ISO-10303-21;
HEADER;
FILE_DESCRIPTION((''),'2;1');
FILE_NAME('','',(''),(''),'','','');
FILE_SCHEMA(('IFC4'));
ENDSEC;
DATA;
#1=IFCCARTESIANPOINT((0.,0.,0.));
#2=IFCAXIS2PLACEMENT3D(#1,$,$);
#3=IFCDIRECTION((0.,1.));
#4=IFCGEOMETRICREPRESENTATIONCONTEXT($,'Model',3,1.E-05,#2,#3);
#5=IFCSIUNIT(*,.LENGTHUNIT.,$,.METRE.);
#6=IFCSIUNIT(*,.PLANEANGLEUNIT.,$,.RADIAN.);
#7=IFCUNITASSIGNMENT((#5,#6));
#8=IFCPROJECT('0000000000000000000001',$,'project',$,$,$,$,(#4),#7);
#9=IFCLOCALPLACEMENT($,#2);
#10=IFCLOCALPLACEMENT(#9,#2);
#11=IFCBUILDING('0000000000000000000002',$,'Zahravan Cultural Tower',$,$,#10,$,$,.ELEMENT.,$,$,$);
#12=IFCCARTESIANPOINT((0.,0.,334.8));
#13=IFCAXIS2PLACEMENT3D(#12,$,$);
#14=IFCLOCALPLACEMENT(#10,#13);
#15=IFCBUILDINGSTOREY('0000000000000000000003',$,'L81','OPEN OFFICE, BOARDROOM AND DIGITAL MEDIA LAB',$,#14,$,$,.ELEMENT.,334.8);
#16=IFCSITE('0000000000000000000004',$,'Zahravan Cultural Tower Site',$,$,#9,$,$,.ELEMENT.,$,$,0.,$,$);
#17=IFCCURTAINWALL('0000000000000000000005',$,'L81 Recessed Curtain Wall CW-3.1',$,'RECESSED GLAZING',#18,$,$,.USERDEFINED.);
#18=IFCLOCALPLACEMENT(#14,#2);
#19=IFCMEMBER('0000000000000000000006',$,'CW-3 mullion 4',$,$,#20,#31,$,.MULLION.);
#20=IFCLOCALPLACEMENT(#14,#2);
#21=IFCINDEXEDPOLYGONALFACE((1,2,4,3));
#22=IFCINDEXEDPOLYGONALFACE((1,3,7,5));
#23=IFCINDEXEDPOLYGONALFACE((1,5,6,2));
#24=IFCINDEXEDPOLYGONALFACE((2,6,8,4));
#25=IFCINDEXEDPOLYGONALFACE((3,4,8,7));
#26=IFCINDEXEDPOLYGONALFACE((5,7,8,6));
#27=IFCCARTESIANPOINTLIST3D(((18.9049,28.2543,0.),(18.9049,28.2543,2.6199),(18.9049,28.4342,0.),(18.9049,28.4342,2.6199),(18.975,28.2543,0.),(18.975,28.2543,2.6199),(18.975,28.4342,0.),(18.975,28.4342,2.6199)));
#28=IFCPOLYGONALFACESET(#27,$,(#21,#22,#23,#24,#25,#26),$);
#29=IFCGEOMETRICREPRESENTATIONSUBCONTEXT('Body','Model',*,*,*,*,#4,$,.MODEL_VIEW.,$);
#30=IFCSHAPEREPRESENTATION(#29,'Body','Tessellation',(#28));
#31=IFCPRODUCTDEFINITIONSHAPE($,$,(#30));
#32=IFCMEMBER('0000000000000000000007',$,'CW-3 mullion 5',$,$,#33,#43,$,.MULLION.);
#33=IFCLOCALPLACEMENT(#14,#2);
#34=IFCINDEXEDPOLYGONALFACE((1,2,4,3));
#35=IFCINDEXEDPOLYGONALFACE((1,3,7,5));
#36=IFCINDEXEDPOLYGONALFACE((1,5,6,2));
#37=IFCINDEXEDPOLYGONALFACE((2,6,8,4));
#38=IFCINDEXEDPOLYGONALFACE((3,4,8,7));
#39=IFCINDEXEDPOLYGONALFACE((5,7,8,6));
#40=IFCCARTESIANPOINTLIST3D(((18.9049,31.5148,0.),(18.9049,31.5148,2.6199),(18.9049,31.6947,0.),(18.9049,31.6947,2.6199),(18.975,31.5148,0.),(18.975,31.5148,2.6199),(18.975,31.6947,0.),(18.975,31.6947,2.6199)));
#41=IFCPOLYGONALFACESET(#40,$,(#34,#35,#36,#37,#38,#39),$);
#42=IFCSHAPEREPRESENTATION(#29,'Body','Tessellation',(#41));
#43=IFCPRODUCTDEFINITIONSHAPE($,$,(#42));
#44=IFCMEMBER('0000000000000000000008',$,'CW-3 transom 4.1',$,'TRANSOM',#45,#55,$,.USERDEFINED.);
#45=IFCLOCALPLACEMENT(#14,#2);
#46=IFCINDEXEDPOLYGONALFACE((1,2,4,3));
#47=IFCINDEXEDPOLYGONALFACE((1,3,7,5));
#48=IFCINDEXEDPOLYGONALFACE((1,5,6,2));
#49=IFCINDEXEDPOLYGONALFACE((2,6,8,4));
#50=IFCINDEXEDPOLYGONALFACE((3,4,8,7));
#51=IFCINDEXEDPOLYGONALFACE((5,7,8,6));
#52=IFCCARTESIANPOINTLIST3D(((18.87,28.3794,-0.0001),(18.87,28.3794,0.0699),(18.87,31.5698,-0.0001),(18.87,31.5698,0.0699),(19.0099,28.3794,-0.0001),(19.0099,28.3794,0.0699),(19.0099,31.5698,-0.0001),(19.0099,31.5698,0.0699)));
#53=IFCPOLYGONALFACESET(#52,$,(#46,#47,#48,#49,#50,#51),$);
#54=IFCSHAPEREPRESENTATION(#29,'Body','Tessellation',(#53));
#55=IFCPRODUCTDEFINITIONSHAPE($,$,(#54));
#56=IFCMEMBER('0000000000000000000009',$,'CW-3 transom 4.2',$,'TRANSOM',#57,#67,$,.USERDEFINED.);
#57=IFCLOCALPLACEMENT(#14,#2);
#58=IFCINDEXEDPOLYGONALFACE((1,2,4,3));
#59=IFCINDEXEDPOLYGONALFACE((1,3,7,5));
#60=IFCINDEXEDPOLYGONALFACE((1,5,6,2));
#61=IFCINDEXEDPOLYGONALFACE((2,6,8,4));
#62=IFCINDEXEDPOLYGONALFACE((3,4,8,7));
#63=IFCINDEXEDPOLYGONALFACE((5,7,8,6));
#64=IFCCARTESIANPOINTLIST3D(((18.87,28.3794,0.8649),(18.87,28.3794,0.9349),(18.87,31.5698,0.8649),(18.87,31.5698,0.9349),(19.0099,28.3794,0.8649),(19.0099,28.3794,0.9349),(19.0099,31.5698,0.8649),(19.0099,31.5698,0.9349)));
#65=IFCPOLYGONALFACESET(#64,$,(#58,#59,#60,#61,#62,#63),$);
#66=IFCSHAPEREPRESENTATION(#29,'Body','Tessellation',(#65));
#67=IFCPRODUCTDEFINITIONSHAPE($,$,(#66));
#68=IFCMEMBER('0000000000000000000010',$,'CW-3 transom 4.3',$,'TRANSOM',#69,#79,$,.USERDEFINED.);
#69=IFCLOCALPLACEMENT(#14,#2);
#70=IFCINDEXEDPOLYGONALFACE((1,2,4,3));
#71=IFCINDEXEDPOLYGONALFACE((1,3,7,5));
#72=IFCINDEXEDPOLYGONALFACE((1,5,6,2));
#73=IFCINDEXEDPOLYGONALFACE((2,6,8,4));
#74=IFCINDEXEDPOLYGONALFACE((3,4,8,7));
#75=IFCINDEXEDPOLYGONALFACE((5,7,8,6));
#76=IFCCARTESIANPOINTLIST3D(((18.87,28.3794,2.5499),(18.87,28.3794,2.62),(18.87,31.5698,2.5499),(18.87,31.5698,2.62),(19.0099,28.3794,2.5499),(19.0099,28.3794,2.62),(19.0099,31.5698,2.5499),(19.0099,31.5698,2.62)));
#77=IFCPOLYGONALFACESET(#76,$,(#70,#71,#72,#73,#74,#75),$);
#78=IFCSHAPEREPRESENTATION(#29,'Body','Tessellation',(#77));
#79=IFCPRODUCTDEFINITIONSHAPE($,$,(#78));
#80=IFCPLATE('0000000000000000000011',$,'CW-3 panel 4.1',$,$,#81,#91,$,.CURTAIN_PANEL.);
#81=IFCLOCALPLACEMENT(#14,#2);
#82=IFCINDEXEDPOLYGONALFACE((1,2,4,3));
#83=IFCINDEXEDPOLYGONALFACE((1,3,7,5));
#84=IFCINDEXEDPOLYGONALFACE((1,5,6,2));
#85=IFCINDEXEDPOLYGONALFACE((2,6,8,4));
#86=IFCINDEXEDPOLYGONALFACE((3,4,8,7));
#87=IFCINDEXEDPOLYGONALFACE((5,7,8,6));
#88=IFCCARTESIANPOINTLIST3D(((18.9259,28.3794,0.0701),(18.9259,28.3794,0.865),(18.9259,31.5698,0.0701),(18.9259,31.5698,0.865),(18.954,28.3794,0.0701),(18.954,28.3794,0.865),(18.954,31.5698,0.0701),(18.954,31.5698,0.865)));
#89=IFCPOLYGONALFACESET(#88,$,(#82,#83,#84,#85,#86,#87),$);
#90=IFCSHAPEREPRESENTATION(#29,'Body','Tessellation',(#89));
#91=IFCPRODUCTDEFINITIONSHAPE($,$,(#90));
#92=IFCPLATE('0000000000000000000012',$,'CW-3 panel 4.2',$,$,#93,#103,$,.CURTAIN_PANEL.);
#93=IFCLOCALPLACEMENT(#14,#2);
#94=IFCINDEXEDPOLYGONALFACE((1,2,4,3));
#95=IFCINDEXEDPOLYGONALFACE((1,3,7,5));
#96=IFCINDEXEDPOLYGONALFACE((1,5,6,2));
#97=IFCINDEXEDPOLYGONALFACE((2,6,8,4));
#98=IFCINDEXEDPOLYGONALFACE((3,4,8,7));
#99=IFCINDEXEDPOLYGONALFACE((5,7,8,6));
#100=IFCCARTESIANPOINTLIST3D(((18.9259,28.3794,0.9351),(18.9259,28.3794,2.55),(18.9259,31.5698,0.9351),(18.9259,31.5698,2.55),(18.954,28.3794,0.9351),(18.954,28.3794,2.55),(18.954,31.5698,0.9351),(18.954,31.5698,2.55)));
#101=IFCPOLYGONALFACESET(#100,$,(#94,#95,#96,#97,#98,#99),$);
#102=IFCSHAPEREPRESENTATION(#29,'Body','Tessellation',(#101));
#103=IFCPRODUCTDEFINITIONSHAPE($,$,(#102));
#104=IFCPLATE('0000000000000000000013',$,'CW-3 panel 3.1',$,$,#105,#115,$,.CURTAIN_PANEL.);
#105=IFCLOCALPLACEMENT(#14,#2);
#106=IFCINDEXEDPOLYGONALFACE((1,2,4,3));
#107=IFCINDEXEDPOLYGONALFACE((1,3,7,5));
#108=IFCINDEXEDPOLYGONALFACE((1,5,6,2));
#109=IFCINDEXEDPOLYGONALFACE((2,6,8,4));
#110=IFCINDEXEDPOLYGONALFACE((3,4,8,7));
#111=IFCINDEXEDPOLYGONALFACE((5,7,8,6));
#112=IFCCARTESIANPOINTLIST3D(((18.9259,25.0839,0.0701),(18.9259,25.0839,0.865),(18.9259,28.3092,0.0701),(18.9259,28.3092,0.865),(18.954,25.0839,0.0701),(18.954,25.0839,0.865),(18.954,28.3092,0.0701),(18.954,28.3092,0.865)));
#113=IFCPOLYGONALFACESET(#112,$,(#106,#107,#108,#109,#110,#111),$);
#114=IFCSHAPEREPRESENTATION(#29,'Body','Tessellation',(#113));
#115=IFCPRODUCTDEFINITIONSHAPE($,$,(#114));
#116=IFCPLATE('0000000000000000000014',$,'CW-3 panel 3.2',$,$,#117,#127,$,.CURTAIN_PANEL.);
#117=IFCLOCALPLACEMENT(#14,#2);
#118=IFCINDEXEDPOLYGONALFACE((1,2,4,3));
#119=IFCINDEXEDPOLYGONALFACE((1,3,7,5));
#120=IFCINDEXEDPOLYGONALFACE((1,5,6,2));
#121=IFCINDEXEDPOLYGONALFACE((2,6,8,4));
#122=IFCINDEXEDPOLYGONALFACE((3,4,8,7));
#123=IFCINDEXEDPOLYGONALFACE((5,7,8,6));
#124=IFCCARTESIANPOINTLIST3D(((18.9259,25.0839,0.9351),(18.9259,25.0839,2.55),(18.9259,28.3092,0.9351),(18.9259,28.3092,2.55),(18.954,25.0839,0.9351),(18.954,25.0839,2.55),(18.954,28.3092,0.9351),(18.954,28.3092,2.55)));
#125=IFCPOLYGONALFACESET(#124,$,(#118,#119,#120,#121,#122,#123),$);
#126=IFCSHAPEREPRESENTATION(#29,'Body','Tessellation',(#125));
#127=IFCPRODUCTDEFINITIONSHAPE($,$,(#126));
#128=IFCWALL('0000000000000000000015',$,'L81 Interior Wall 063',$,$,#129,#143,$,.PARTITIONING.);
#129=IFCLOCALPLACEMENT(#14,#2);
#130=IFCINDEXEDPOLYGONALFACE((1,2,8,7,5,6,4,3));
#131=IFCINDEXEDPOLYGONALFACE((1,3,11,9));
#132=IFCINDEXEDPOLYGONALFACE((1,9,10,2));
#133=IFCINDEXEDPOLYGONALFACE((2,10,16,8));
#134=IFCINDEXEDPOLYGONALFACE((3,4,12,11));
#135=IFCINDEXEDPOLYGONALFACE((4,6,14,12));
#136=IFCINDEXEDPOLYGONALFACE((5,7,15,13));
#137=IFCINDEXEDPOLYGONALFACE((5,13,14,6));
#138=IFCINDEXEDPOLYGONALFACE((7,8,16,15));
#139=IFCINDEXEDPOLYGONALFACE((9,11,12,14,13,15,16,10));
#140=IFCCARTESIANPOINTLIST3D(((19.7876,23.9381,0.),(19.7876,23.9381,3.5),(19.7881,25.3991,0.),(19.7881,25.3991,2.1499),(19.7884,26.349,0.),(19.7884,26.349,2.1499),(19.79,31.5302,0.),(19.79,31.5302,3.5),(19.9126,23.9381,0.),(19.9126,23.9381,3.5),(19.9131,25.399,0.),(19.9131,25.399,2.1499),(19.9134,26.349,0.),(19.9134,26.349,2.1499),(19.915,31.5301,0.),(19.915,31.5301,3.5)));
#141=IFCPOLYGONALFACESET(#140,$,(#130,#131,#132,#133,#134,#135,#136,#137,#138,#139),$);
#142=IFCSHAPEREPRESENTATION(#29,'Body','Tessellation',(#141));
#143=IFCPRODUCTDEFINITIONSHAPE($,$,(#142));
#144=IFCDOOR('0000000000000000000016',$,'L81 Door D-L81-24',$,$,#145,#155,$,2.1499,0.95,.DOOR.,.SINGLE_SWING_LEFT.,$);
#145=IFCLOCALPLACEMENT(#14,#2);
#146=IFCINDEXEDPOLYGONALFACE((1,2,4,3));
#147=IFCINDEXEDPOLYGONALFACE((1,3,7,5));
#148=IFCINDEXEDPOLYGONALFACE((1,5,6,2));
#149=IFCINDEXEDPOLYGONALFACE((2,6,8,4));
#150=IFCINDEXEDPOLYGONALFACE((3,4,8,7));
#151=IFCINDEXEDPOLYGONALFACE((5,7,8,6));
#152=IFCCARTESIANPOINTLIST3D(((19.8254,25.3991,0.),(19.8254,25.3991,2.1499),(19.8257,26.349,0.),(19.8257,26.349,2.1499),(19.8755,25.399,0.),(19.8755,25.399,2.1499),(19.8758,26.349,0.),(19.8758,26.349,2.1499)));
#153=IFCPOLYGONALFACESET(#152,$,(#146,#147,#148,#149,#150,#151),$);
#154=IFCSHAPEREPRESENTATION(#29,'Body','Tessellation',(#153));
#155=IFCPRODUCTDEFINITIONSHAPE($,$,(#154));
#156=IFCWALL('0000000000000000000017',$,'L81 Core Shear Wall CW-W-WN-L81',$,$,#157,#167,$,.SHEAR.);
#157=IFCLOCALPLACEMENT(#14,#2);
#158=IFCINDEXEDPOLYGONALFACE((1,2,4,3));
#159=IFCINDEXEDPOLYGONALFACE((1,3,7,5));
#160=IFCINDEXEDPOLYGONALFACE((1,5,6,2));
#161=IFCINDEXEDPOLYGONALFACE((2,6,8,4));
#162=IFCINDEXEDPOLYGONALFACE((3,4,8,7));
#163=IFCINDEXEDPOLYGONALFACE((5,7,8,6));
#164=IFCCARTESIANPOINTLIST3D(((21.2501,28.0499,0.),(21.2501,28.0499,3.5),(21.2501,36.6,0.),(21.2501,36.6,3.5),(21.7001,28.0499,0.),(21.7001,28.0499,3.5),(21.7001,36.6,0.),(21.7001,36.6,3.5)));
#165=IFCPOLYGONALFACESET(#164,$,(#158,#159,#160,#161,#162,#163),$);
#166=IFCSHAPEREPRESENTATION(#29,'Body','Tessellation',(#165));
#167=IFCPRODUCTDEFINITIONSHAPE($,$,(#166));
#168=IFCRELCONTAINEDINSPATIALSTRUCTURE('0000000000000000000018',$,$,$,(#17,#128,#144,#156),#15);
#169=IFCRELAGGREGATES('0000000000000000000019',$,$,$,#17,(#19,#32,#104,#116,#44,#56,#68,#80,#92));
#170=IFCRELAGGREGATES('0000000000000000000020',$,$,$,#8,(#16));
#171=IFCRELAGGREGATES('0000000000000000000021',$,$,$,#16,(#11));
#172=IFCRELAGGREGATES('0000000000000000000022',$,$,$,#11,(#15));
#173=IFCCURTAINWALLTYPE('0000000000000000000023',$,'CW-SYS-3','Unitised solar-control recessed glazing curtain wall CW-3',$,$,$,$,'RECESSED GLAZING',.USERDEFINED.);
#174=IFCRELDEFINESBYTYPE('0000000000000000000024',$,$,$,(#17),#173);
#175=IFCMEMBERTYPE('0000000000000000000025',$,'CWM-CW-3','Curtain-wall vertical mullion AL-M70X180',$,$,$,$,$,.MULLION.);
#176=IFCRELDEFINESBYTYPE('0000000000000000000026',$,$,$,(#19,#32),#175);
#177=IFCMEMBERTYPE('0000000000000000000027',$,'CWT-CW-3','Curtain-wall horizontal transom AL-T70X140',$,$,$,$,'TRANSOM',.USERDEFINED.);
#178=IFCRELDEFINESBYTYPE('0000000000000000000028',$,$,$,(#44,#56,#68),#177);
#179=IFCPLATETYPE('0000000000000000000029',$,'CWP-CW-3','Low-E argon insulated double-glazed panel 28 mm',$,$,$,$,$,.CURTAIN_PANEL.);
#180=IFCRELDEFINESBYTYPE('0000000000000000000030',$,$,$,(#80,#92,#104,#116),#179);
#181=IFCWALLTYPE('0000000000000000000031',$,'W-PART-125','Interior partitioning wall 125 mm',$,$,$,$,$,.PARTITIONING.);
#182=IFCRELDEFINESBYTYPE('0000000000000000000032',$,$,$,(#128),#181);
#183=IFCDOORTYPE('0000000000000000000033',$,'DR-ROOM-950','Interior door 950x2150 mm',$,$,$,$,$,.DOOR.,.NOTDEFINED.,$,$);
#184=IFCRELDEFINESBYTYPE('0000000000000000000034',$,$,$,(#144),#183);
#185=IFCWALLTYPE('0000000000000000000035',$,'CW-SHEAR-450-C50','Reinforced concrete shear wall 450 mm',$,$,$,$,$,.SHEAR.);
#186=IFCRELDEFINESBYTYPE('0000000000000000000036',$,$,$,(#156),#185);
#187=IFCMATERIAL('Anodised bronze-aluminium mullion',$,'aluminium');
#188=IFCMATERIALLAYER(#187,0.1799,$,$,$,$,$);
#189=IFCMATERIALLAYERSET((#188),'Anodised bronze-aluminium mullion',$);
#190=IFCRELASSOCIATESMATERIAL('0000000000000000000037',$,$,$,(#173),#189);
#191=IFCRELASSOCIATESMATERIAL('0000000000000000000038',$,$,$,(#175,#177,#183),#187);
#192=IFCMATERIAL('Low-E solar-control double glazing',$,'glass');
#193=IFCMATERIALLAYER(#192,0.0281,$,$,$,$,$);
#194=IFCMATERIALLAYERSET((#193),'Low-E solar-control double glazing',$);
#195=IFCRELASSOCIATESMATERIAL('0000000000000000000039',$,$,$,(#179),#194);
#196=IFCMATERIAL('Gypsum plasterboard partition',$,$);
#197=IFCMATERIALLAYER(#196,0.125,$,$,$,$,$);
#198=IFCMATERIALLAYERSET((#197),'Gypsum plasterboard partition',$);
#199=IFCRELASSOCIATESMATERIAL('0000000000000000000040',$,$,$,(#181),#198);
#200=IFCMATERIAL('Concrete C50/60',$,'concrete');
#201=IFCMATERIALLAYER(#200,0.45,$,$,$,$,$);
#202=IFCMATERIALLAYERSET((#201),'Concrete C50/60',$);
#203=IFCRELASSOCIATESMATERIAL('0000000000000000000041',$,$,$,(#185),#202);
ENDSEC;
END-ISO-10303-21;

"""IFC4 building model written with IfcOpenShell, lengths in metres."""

from ifc_helpers import new_model, si_unit, direction, frame, frame_2d, origin, origin_2d, place, context, subcontext, project, spatial, rectangle, extrude, source, transform, mapped, material, layer, layer_set, material_profile, profile_set, type_object, element, fill, aggregate, save


model = new_model("IFC4")

# Units and contexts
model_context = context("Model", 3, precision=1e-05, world=origin(), true_north=direction((0.0, 1.0)))
body_context = subcontext(model_context, "Body", "Model", "MODEL_VIEW")
ifc_project = project(units=[si_unit("LENGTHUNIT", "METRE"), si_unit("PLANEANGLEUNIT", "RADIAN")], contexts=[model_context])

# Site, building, storey
site_placement = place(None, origin())
site = spatial("IfcSite", under=ifc_project, at=site_placement, Name="Zahravan Cultural Tower Site", CompositionType="ELEMENT", RefElevation=0.0)
building_placement = place(site_placement, origin())
building = spatial("IfcBuilding", under=site, at=building_placement, Name="Zahravan Cultural Tower", CompositionType="ELEMENT")
storey_placement = place(building_placement, frame((0.0, 0.0, 334.8)))
storey = spatial("IfcBuildingStorey", under=building, at=storey_placement, Name="L81", Description="OPEN OFFICE, BOARDROOM AND DIGITAL MEDIA LAB", CompositionType="ELEMENT", Elevation=334.8)

# Curtain wall, members, plates
ifc_material_1 = material(Name="Anodised bronze-aluminium mullion", Category="aluminium")
ifc_layer_1 = layer(ifc_material_1, 0.1799)
ifc_layer_set_1 = layer_set([ifc_layer_1], Name="Anodised bronze-aluminium mullion")
curtain_wall_type = type_object("IfcCurtainWallType", Name="CW-SYS-3", Description="Unitised solar-control recessed glazing curtain wall CW-3", ElementType="RECESSED GLAZING", PredefinedType="USERDEFINED", material=ifc_layer_set_1)
curtain_wall_placement = place(storey_placement, origin())
curtain_wall = element("IfcCurtainWall", 1, at=curtain_wall_placement, inside=storey, type_object=curtain_wall_type, Name="L81 Recessed Curtain Wall CW-3.1", ObjectType="RECESSED GLAZING", PredefinedType="USERDEFINED")
ifc_material_profile_1 = material_profile(ifc_material_1, rectangle(XDim=0.0701, YDim=0.1799, at=origin_2d()), Name="AL-M70X180")
ifc_profile_set_1 = profile_set([ifc_material_profile_1], Name="Anodised bronze-aluminium mullion")
member_type_1 = type_object("IfcMemberType", Name="CWM-CW-3", Description="Curtain-wall vertical mullion AL-M70X180", PredefinedType="MULLION", material=ifc_profile_set_1)
shared_shape_1 = source(origin(), body_context, "Body", "SweptSolid", [
    extrude(rectangle(XDim=0.0701, YDim=0.1799, at=origin_2d()), origin(), (0.0, 0.0, 1.0), 2.6199),
])
member_1_placement = place(storey_placement, frame((18.9399, 28.3442, 0.0), z_axis=(0.0, 0.0, 1.0), x_axis=(-1.0, 0.0, 0.0)))
member_1 = element("IfcMember", 2, at=member_1_placement, type_object=member_type_1, Name="CW-3 mullion 4", PredefinedType="MULLION", context=body_context, shape_type="MappedRepresentation", body=[
    mapped(shared_shape_1, transform((0.0, 0.0, 0.0), x_axis=(1.0, 0.0, 0.0), y_axis=(0.0, 1.0, 0.0), z_axis=(0.0, 0.0, 1.0), scale=1.0)),
])
member_2_placement = place(storey_placement, frame((18.9399, 31.6047, 0.0), z_axis=(0.0, 0.0, 1.0), x_axis=(-1.0, 0.0, 0.0)))
member_2 = element("IfcMember", 3, at=member_2_placement, type_object=member_type_1, Name="CW-3 mullion 5", PredefinedType="MULLION", context=body_context, shape_type="MappedRepresentation", body=[
    mapped(shared_shape_1, transform((0.0, 0.0, 0.0), x_axis=(1.0, 0.0, 0.0), y_axis=(0.0, 1.0, 0.0), z_axis=(0.0, 0.0, 1.0), scale=1.0)),
])
ifc_material_profile_2 = material_profile(ifc_material_1, rectangle(XDim=0.1399, YDim=0.0701, at=origin_2d()), Name="AL-T70X140")
ifc_profile_set_2 = profile_set([ifc_material_profile_2], Name="Anodised bronze-aluminium mullion")
member_type_2 = type_object("IfcMemberType", Name="CWT-CW-3", Description="Curtain-wall horizontal transom AL-T70X140", ElementType="TRANSOM", PredefinedType="USERDEFINED", material=ifc_profile_set_2)
shared_shape_2 = source(origin(), body_context, "Body", "SweptSolid", [
    extrude(rectangle(XDim=0.1399, YDim=0.0701, at=origin_2d()), origin(), (0.0, 0.0, 1.0), 3.1904),
])
member_3_placement = place(storey_placement, frame((18.9399, 28.3794, 0.0349), z_axis=(0.0, 1.0, 0.0), x_axis=(-1.0, 0.0, 0.0)))
member_3 = element("IfcMember", 4, at=member_3_placement, type_object=member_type_2, Name="CW-3 transom 4.1", ObjectType="TRANSOM", PredefinedType="USERDEFINED", context=body_context, shape_type="MappedRepresentation", body=[
    mapped(shared_shape_2, transform((0.0, 0.0, 0.0), x_axis=(1.0, 0.0, 0.0), y_axis=(0.0, 1.0, 0.0), z_axis=(0.0, 0.0, 1.0), scale=1.0)),
])
member_4_placement = place(storey_placement, frame((18.9399, 28.3794, 0.8999), z_axis=(0.0, 1.0, 0.0), x_axis=(-1.0, 0.0, 0.0)))
member_4 = element("IfcMember", 5, at=member_4_placement, type_object=member_type_2, Name="CW-3 transom 4.2", ObjectType="TRANSOM", PredefinedType="USERDEFINED", context=body_context, shape_type="MappedRepresentation", body=[
    mapped(shared_shape_2, transform((0.0, 0.0, 0.0), x_axis=(1.0, 0.0, 0.0), y_axis=(0.0, 1.0, 0.0), z_axis=(0.0, 0.0, 1.0), scale=1.0)),
])
member_5_placement = place(storey_placement, frame((18.9399, 28.3794, 2.585), z_axis=(0.0, 1.0, 0.0), x_axis=(-1.0, 0.0, 0.0)))
member_5 = element("IfcMember", 6, at=member_5_placement, type_object=member_type_2, Name="CW-3 transom 4.3", ObjectType="TRANSOM", PredefinedType="USERDEFINED", context=body_context, shape_type="MappedRepresentation", body=[
    mapped(shared_shape_2, transform((0.0, 0.0, 0.0), x_axis=(1.0, 0.0, 0.0), y_axis=(0.0, 1.0, 0.0), z_axis=(0.0, 0.0, 1.0), scale=1.0)),
])
ifc_material_2 = material(Name="Low-E solar-control double glazing", Category="glass")
ifc_layer_2 = layer(ifc_material_2, 0.0281)
ifc_layer_set_2 = layer_set([ifc_layer_2], Name="Low-E solar-control double glazing")
plate_type = type_object("IfcPlateType", Name="CWP-CW-3", Description="Low-E argon insulated double-glazed panel 28 mm", PredefinedType="CURTAIN_PANEL", material=ifc_layer_set_2)
shared_shape_3 = source(origin(), body_context, "Body", "SweptSolid", [
    extrude(rectangle(XDim=3.1904, YDim=0.0281, at=origin_2d()), origin(), (0.0, 0.0, 1.0), 0.7949),
])
plate_1_placement = place(storey_placement, frame((18.9399, 29.9746, 0.0701), z_axis=(0.0, 0.0, 1.0), x_axis=(0.0, 1.0, 0.0)))
plate_1 = element("IfcPlate", 7, at=plate_1_placement, type_object=plate_type, Name="CW-3 panel 4.1", PredefinedType="CURTAIN_PANEL", context=body_context, shape_type="MappedRepresentation", body=[
    mapped(shared_shape_3, transform((0.0, 0.0, 0.0), x_axis=(1.0, 0.0, 0.0), y_axis=(0.0, 1.0, 0.0), z_axis=(0.0, 0.0, 1.0), scale=1.0)),
])
shared_shape_4 = source(origin(), body_context, "Body", "SweptSolid", [
    extrude(rectangle(XDim=3.1904, YDim=0.0281, at=origin_2d()), origin(), (0.0, 0.0, 1.0), 1.615),
])
plate_2_placement = place(storey_placement, frame((18.9399, 29.9746, 0.9351), z_axis=(0.0, 0.0, 1.0), x_axis=(0.0, 1.0, 0.0)))
plate_2 = element("IfcPlate", 8, at=plate_2_placement, type_object=plate_type, Name="CW-3 panel 4.2", PredefinedType="CURTAIN_PANEL", context=body_context, shape_type="MappedRepresentation", body=[
    mapped(shared_shape_4, transform((0.0, 0.0, 0.0), x_axis=(1.0, 0.0, 0.0), y_axis=(0.0, 1.0, 0.0), z_axis=(0.0, 0.0, 1.0), scale=1.0)),
])
shared_shape_5 = source(origin(), body_context, "Body", "SweptSolid", [
    extrude(rectangle(XDim=3.2253, YDim=0.0281, at=origin_2d()), origin(), (0.0, 0.0, 1.0), 0.7949),
])
plate_3_placement = place(storey_placement, frame((18.9399, 26.6965, 0.0701), z_axis=(0.0, 0.0, 1.0), x_axis=(0.0, 1.0, 0.0)))
plate_3 = element("IfcPlate", 9, at=plate_3_placement, type_object=plate_type, Name="CW-3 panel 3.1", PredefinedType="CURTAIN_PANEL", context=body_context, shape_type="MappedRepresentation", body=[
    mapped(shared_shape_5, transform((0.0, 0.0, 0.0), x_axis=(1.0, 0.0, 0.0), y_axis=(0.0, 1.0, 0.0), z_axis=(0.0, 0.0, 1.0), scale=1.0)),
])
shared_shape_6 = source(origin(), body_context, "Body", "SweptSolid", [
    extrude(rectangle(XDim=3.2253, YDim=0.0281, at=origin_2d()), origin(), (0.0, 0.0, 1.0), 1.615),
])
plate_4_placement = place(storey_placement, frame((18.9399, 26.6965, 0.9351), z_axis=(0.0, 0.0, 1.0), x_axis=(0.0, 1.0, 0.0)))
plate_4 = element("IfcPlate", 10, at=plate_4_placement, type_object=plate_type, Name="CW-3 panel 3.2", PredefinedType="CURTAIN_PANEL", context=body_context, shape_type="MappedRepresentation", body=[
    mapped(shared_shape_6, transform((0.0, 0.0, 0.0), x_axis=(1.0, 0.0, 0.0), y_axis=(0.0, 1.0, 0.0), z_axis=(0.0, 0.0, 1.0), scale=1.0)),
])
aggregate(curtain_wall, [member_1, member_2, plate_3, plate_4, member_3, member_4, member_5, plate_1, plate_2])

# Wall, opening, door
ifc_material_3 = material(Name="Gypsum plasterboard partition")
ifc_layer_3 = layer(ifc_material_3, 0.125)
ifc_layer_set_3 = layer_set([ifc_layer_3], Name="Gypsum plasterboard partition")
wall_type_1 = type_object("IfcWallType", Name="W-PART-125", Description="Interior partitioning wall 125 mm", PredefinedType="PARTITIONING", material=ifc_layer_set_3)
wall_1_placement = place(storey_placement, frame((19.8525, 31.53, 0.0), z_axis=(0.0, 0.0, 1.0), x_axis=(-0.000322, -1.0, 0.0)))
wall_1 = element("IfcWall", 11, at=wall_1_placement, inside=storey, type_object=wall_type_1, Name="L81 Interior Wall 063", PredefinedType="PARTITIONING", context=body_context, shape_type="SweptSolid", body=[
    extrude(rectangle(XDim=7.592, YDim=0.125, at=frame_2d((3.7959, 0.0))), origin(), (0.0, 0.0, 1.0), 3.5),
])
opening_placement = place(wall_1_placement, frame((5.1809, 0.0, 0.0)))
opening = element("IfcOpeningElement", 12, at=opening_placement, cuts=wall_1, PredefinedType="OPENING", context=body_context, shape_type="SweptSolid", body=[
    extrude(rectangle(XDim=0.95, YDim=2.1499, at=frame_2d((0.4751, 1.075))), frame((0.0, 0.0725, 0.0), z_axis=(0.0, -1.0, 0.0), x_axis=(1.0, 0.0, 0.0)), (0.0, 0.0, 1.0), 0.145),
])
door_type = type_object("IfcDoorType", Name="DR-ROOM-950", Description="Interior door 950x2150 mm", OperationType="NOTDEFINED", PredefinedType="DOOR", material=ifc_material_1)
shared_shape_7 = source(origin(), body_context, "Body", "SweptSolid", [
    extrude(rectangle(XDim=0.95, YDim=2.1499, at=frame_2d((0.4751, 1.075))), frame((0.0, 0.0249, 0.0), z_axis=(0.0, -1.0, 0.0), x_axis=(1.0, 0.0, 0.0)), (0.0, 0.0, 1.0), 0.05),
])
door_placement = place(opening_placement, origin())
door = element("IfcDoor", 13, at=door_placement, inside=storey, type_object=door_type, Name="L81 Door D-L81-24", OperationType="SINGLE_SWING_LEFT", OverallHeight=2.1499, OverallWidth=0.95, PredefinedType="DOOR", context=body_context, shape_type="MappedRepresentation", body=[
    mapped(shared_shape_7, transform((0.0, 0.0, 0.0), x_axis=(1.0, 0.0, 0.0), y_axis=(0.0, 1.0, 0.0), z_axis=(0.0, 0.0, 1.0), scale=1.0)),
])
fill(opening, door)

# Wall
ifc_material_4 = material(Name="Concrete C50/60", Category="concrete")
ifc_layer_4 = layer(ifc_material_4, 0.45)
ifc_layer_set_4 = layer_set([ifc_layer_4], Name="Concrete C50/60")
wall_type_2 = type_object("IfcWallType", Name="CW-SHEAR-450-C50", Description="Reinforced concrete shear wall 450 mm", PredefinedType="SHEAR", material=ifc_layer_set_4)
shared_shape_8 = source(origin(), body_context, "Body", "SweptSolid", [
    extrude(rectangle(XDim=8.55, YDim=0.45, at=frame_2d((4.2749, 0.0))), origin(), (0.0, 0.0, 1.0), 3.5),
])
wall_2_placement = place(storey_placement, frame((21.4751, 28.05, 0.0), z_axis=(0.0, 0.0, 1.0), x_axis=(0.0, 1.0, 0.0)))
element("IfcWall", 14, at=wall_2_placement, inside=storey, type_object=wall_type_2, Name="L81 Core Shear Wall CW-W-WN-L81", PredefinedType="SHEAR", context=body_context, shape_type="MappedRepresentation", body=[
    mapped(shared_shape_8, transform((0.0, 0.0, 0.0), x_axis=(1.0, 0.0, 0.0), y_axis=(0.0, 1.0, 0.0), z_axis=(0.0, 0.0, 1.0), scale=1.0)),
])

save(model, "model.ifc")
